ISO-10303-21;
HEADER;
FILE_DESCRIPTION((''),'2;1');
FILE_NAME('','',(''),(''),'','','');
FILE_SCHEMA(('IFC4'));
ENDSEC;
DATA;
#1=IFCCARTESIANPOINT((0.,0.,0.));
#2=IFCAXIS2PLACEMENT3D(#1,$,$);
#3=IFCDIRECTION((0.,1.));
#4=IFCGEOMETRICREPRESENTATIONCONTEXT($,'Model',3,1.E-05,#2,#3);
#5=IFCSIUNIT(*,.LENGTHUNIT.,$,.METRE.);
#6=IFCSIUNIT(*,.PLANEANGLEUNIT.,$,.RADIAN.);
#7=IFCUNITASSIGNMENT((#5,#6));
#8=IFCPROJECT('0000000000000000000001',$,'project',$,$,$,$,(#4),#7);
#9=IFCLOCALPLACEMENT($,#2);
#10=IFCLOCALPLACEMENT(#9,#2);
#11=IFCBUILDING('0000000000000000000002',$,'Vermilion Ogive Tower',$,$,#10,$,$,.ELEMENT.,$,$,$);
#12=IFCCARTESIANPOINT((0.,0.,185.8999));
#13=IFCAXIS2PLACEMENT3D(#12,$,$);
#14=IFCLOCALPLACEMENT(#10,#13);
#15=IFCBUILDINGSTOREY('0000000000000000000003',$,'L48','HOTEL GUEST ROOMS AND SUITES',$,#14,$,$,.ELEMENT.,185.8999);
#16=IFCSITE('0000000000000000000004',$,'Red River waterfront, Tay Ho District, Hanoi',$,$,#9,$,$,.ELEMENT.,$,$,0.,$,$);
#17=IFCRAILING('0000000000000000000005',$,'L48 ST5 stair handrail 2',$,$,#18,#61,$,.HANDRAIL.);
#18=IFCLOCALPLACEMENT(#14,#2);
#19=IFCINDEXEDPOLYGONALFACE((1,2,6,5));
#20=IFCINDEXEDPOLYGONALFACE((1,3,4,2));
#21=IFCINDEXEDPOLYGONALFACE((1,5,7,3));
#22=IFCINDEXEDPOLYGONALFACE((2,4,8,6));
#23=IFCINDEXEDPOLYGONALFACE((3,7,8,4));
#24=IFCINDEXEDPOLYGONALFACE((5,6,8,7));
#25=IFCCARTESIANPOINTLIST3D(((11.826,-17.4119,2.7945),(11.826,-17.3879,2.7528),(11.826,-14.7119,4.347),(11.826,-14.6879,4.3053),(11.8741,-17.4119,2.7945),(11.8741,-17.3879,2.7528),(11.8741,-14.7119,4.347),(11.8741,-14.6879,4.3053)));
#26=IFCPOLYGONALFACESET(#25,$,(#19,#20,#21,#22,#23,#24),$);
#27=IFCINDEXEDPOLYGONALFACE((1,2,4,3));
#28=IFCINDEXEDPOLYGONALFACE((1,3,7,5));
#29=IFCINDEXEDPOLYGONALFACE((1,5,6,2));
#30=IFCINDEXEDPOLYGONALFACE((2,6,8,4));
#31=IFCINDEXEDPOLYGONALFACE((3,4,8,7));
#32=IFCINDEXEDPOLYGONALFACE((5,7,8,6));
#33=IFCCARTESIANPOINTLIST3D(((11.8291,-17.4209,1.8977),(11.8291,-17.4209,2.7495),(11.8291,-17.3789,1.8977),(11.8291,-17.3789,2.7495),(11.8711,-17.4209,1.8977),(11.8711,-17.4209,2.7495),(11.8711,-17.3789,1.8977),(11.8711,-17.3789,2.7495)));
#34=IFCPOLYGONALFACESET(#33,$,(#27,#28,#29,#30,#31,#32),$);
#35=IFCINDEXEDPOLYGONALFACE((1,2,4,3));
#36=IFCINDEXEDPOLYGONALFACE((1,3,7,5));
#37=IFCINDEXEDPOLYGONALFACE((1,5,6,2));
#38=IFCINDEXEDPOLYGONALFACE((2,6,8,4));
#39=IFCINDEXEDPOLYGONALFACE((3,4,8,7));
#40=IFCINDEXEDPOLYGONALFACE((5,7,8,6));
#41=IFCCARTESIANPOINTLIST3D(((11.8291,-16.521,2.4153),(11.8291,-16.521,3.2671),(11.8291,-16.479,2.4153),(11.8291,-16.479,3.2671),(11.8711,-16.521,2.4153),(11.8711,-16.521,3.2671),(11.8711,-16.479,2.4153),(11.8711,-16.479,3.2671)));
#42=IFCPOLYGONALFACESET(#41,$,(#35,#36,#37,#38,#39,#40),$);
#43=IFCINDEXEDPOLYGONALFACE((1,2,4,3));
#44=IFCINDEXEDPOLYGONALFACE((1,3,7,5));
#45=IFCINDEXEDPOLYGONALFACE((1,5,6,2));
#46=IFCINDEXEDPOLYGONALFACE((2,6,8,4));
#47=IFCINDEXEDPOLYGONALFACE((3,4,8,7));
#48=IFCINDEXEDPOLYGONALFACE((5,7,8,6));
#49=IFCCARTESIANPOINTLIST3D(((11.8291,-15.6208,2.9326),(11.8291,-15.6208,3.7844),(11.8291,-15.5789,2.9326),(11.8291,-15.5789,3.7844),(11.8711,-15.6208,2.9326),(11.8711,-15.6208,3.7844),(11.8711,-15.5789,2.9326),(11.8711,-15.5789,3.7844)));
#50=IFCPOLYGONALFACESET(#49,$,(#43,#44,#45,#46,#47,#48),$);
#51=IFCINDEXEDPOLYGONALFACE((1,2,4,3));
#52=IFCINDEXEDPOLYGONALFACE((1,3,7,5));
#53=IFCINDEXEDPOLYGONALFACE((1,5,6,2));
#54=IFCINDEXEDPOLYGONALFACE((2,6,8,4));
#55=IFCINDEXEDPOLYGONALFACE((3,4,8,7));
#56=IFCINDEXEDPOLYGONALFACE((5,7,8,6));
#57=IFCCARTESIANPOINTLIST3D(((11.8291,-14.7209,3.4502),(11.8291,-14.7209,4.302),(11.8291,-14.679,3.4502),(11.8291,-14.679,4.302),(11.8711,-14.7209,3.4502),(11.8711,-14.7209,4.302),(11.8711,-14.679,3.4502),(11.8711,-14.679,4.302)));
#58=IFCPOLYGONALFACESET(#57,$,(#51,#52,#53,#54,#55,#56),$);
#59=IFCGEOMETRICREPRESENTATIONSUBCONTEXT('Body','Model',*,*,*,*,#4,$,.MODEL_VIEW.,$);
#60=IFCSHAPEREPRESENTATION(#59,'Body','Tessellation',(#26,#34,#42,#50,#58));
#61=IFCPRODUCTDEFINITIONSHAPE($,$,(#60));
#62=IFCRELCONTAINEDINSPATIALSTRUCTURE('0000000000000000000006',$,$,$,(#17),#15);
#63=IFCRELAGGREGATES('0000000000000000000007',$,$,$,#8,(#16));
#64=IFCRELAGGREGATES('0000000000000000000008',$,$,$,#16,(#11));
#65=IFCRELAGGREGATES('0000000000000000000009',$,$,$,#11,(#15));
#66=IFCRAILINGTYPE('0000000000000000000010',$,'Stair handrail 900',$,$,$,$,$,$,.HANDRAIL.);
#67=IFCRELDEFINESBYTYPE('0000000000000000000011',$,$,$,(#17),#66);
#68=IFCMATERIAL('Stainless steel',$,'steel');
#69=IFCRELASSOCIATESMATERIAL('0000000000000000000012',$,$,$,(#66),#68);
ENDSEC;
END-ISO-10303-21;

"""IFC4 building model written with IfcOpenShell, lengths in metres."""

from ifc_helpers import new_model, si_unit, direction, frame, origin, origin_2d, place, context, subcontext, project, spatial, rectangle, extrude, material, type_object, element, save


model = new_model("IFC4")

# Units and contexts
model_context = context("Model", 3, precision=1e-05, world=origin(), true_north=direction((0.0, 1.0)))
body_context = subcontext(model_context, "Body", "Model", "MODEL_VIEW")
ifc_project = project(units=[si_unit("LENGTHUNIT", "METRE"), si_unit("PLANEANGLEUNIT", "RADIAN")], contexts=[model_context])

# Site, building, storey
site_placement = place(None, origin())
site = spatial("IfcSite", under=ifc_project, at=site_placement, Name="Red River waterfront, Tay Ho District, Hanoi", CompositionType="ELEMENT", RefElevation=0.0)
building_placement = place(site_placement, origin())
building = spatial("IfcBuilding", under=site, at=building_placement, Name="Vermilion Ogive Tower", CompositionType="ELEMENT")
storey_placement = place(building_placement, frame((0.0, 0.0, 185.8999)))
storey = spatial("IfcBuildingStorey", under=building, at=storey_placement, Name="L48", Description="HOTEL GUEST ROOMS AND SUITES", CompositionType="ELEMENT", Elevation=185.8999)

# Railing
ifc_material_1 = material(Name="Stainless steel", Category="steel")
railing_type_1 = type_object("IfcRailingType", Name="Stair handrail 900", PredefinedType="HANDRAIL", material=ifc_material_1)
railing_1_placement = place(storey_placement, frame((11.8501, -17.3999, 1.8977)))
element("IfcRailing", 1, at=railing_1_placement, inside=storey, type_object=railing_type_1, Name="L48 ST5 stair handrail 2", PredefinedType="HANDRAIL", context=body_context, shape_type="SweptSolid", body=[
    extrude(rectangle(XDim=0.0481, YDim=0.0481, at=origin_2d()), frame((0.0, 0.0, 0.876), z_axis=(0.0, 0.866904, 0.498476), x_axis=(-1.0, 0.0, 0.0)), (0.0, 0.0, 1.0), 3.1145),
    extrude(rectangle(XDim=0.042, YDim=0.042, at=origin_2d()), origin(), (0.0, 0.0, 1.0), 0.8518),
    extrude(rectangle(XDim=0.042, YDim=0.042, at=origin_2d()), frame((0.0, 0.8999, 0.5176)), (0.0, 0.0, 1.0), 0.8518),
    extrude(rectangle(XDim=0.042, YDim=0.042, at=origin_2d()), frame((0.0, 1.8, 1.0349)), (0.0, 0.0, 1.0), 0.8518),
    extrude(rectangle(XDim=0.042, YDim=0.042, at=origin_2d()), frame((0.0, 2.7, 1.5525)), (0.0, 0.0, 1.0), 0.8518),
])

save(model, "model.ifc")
